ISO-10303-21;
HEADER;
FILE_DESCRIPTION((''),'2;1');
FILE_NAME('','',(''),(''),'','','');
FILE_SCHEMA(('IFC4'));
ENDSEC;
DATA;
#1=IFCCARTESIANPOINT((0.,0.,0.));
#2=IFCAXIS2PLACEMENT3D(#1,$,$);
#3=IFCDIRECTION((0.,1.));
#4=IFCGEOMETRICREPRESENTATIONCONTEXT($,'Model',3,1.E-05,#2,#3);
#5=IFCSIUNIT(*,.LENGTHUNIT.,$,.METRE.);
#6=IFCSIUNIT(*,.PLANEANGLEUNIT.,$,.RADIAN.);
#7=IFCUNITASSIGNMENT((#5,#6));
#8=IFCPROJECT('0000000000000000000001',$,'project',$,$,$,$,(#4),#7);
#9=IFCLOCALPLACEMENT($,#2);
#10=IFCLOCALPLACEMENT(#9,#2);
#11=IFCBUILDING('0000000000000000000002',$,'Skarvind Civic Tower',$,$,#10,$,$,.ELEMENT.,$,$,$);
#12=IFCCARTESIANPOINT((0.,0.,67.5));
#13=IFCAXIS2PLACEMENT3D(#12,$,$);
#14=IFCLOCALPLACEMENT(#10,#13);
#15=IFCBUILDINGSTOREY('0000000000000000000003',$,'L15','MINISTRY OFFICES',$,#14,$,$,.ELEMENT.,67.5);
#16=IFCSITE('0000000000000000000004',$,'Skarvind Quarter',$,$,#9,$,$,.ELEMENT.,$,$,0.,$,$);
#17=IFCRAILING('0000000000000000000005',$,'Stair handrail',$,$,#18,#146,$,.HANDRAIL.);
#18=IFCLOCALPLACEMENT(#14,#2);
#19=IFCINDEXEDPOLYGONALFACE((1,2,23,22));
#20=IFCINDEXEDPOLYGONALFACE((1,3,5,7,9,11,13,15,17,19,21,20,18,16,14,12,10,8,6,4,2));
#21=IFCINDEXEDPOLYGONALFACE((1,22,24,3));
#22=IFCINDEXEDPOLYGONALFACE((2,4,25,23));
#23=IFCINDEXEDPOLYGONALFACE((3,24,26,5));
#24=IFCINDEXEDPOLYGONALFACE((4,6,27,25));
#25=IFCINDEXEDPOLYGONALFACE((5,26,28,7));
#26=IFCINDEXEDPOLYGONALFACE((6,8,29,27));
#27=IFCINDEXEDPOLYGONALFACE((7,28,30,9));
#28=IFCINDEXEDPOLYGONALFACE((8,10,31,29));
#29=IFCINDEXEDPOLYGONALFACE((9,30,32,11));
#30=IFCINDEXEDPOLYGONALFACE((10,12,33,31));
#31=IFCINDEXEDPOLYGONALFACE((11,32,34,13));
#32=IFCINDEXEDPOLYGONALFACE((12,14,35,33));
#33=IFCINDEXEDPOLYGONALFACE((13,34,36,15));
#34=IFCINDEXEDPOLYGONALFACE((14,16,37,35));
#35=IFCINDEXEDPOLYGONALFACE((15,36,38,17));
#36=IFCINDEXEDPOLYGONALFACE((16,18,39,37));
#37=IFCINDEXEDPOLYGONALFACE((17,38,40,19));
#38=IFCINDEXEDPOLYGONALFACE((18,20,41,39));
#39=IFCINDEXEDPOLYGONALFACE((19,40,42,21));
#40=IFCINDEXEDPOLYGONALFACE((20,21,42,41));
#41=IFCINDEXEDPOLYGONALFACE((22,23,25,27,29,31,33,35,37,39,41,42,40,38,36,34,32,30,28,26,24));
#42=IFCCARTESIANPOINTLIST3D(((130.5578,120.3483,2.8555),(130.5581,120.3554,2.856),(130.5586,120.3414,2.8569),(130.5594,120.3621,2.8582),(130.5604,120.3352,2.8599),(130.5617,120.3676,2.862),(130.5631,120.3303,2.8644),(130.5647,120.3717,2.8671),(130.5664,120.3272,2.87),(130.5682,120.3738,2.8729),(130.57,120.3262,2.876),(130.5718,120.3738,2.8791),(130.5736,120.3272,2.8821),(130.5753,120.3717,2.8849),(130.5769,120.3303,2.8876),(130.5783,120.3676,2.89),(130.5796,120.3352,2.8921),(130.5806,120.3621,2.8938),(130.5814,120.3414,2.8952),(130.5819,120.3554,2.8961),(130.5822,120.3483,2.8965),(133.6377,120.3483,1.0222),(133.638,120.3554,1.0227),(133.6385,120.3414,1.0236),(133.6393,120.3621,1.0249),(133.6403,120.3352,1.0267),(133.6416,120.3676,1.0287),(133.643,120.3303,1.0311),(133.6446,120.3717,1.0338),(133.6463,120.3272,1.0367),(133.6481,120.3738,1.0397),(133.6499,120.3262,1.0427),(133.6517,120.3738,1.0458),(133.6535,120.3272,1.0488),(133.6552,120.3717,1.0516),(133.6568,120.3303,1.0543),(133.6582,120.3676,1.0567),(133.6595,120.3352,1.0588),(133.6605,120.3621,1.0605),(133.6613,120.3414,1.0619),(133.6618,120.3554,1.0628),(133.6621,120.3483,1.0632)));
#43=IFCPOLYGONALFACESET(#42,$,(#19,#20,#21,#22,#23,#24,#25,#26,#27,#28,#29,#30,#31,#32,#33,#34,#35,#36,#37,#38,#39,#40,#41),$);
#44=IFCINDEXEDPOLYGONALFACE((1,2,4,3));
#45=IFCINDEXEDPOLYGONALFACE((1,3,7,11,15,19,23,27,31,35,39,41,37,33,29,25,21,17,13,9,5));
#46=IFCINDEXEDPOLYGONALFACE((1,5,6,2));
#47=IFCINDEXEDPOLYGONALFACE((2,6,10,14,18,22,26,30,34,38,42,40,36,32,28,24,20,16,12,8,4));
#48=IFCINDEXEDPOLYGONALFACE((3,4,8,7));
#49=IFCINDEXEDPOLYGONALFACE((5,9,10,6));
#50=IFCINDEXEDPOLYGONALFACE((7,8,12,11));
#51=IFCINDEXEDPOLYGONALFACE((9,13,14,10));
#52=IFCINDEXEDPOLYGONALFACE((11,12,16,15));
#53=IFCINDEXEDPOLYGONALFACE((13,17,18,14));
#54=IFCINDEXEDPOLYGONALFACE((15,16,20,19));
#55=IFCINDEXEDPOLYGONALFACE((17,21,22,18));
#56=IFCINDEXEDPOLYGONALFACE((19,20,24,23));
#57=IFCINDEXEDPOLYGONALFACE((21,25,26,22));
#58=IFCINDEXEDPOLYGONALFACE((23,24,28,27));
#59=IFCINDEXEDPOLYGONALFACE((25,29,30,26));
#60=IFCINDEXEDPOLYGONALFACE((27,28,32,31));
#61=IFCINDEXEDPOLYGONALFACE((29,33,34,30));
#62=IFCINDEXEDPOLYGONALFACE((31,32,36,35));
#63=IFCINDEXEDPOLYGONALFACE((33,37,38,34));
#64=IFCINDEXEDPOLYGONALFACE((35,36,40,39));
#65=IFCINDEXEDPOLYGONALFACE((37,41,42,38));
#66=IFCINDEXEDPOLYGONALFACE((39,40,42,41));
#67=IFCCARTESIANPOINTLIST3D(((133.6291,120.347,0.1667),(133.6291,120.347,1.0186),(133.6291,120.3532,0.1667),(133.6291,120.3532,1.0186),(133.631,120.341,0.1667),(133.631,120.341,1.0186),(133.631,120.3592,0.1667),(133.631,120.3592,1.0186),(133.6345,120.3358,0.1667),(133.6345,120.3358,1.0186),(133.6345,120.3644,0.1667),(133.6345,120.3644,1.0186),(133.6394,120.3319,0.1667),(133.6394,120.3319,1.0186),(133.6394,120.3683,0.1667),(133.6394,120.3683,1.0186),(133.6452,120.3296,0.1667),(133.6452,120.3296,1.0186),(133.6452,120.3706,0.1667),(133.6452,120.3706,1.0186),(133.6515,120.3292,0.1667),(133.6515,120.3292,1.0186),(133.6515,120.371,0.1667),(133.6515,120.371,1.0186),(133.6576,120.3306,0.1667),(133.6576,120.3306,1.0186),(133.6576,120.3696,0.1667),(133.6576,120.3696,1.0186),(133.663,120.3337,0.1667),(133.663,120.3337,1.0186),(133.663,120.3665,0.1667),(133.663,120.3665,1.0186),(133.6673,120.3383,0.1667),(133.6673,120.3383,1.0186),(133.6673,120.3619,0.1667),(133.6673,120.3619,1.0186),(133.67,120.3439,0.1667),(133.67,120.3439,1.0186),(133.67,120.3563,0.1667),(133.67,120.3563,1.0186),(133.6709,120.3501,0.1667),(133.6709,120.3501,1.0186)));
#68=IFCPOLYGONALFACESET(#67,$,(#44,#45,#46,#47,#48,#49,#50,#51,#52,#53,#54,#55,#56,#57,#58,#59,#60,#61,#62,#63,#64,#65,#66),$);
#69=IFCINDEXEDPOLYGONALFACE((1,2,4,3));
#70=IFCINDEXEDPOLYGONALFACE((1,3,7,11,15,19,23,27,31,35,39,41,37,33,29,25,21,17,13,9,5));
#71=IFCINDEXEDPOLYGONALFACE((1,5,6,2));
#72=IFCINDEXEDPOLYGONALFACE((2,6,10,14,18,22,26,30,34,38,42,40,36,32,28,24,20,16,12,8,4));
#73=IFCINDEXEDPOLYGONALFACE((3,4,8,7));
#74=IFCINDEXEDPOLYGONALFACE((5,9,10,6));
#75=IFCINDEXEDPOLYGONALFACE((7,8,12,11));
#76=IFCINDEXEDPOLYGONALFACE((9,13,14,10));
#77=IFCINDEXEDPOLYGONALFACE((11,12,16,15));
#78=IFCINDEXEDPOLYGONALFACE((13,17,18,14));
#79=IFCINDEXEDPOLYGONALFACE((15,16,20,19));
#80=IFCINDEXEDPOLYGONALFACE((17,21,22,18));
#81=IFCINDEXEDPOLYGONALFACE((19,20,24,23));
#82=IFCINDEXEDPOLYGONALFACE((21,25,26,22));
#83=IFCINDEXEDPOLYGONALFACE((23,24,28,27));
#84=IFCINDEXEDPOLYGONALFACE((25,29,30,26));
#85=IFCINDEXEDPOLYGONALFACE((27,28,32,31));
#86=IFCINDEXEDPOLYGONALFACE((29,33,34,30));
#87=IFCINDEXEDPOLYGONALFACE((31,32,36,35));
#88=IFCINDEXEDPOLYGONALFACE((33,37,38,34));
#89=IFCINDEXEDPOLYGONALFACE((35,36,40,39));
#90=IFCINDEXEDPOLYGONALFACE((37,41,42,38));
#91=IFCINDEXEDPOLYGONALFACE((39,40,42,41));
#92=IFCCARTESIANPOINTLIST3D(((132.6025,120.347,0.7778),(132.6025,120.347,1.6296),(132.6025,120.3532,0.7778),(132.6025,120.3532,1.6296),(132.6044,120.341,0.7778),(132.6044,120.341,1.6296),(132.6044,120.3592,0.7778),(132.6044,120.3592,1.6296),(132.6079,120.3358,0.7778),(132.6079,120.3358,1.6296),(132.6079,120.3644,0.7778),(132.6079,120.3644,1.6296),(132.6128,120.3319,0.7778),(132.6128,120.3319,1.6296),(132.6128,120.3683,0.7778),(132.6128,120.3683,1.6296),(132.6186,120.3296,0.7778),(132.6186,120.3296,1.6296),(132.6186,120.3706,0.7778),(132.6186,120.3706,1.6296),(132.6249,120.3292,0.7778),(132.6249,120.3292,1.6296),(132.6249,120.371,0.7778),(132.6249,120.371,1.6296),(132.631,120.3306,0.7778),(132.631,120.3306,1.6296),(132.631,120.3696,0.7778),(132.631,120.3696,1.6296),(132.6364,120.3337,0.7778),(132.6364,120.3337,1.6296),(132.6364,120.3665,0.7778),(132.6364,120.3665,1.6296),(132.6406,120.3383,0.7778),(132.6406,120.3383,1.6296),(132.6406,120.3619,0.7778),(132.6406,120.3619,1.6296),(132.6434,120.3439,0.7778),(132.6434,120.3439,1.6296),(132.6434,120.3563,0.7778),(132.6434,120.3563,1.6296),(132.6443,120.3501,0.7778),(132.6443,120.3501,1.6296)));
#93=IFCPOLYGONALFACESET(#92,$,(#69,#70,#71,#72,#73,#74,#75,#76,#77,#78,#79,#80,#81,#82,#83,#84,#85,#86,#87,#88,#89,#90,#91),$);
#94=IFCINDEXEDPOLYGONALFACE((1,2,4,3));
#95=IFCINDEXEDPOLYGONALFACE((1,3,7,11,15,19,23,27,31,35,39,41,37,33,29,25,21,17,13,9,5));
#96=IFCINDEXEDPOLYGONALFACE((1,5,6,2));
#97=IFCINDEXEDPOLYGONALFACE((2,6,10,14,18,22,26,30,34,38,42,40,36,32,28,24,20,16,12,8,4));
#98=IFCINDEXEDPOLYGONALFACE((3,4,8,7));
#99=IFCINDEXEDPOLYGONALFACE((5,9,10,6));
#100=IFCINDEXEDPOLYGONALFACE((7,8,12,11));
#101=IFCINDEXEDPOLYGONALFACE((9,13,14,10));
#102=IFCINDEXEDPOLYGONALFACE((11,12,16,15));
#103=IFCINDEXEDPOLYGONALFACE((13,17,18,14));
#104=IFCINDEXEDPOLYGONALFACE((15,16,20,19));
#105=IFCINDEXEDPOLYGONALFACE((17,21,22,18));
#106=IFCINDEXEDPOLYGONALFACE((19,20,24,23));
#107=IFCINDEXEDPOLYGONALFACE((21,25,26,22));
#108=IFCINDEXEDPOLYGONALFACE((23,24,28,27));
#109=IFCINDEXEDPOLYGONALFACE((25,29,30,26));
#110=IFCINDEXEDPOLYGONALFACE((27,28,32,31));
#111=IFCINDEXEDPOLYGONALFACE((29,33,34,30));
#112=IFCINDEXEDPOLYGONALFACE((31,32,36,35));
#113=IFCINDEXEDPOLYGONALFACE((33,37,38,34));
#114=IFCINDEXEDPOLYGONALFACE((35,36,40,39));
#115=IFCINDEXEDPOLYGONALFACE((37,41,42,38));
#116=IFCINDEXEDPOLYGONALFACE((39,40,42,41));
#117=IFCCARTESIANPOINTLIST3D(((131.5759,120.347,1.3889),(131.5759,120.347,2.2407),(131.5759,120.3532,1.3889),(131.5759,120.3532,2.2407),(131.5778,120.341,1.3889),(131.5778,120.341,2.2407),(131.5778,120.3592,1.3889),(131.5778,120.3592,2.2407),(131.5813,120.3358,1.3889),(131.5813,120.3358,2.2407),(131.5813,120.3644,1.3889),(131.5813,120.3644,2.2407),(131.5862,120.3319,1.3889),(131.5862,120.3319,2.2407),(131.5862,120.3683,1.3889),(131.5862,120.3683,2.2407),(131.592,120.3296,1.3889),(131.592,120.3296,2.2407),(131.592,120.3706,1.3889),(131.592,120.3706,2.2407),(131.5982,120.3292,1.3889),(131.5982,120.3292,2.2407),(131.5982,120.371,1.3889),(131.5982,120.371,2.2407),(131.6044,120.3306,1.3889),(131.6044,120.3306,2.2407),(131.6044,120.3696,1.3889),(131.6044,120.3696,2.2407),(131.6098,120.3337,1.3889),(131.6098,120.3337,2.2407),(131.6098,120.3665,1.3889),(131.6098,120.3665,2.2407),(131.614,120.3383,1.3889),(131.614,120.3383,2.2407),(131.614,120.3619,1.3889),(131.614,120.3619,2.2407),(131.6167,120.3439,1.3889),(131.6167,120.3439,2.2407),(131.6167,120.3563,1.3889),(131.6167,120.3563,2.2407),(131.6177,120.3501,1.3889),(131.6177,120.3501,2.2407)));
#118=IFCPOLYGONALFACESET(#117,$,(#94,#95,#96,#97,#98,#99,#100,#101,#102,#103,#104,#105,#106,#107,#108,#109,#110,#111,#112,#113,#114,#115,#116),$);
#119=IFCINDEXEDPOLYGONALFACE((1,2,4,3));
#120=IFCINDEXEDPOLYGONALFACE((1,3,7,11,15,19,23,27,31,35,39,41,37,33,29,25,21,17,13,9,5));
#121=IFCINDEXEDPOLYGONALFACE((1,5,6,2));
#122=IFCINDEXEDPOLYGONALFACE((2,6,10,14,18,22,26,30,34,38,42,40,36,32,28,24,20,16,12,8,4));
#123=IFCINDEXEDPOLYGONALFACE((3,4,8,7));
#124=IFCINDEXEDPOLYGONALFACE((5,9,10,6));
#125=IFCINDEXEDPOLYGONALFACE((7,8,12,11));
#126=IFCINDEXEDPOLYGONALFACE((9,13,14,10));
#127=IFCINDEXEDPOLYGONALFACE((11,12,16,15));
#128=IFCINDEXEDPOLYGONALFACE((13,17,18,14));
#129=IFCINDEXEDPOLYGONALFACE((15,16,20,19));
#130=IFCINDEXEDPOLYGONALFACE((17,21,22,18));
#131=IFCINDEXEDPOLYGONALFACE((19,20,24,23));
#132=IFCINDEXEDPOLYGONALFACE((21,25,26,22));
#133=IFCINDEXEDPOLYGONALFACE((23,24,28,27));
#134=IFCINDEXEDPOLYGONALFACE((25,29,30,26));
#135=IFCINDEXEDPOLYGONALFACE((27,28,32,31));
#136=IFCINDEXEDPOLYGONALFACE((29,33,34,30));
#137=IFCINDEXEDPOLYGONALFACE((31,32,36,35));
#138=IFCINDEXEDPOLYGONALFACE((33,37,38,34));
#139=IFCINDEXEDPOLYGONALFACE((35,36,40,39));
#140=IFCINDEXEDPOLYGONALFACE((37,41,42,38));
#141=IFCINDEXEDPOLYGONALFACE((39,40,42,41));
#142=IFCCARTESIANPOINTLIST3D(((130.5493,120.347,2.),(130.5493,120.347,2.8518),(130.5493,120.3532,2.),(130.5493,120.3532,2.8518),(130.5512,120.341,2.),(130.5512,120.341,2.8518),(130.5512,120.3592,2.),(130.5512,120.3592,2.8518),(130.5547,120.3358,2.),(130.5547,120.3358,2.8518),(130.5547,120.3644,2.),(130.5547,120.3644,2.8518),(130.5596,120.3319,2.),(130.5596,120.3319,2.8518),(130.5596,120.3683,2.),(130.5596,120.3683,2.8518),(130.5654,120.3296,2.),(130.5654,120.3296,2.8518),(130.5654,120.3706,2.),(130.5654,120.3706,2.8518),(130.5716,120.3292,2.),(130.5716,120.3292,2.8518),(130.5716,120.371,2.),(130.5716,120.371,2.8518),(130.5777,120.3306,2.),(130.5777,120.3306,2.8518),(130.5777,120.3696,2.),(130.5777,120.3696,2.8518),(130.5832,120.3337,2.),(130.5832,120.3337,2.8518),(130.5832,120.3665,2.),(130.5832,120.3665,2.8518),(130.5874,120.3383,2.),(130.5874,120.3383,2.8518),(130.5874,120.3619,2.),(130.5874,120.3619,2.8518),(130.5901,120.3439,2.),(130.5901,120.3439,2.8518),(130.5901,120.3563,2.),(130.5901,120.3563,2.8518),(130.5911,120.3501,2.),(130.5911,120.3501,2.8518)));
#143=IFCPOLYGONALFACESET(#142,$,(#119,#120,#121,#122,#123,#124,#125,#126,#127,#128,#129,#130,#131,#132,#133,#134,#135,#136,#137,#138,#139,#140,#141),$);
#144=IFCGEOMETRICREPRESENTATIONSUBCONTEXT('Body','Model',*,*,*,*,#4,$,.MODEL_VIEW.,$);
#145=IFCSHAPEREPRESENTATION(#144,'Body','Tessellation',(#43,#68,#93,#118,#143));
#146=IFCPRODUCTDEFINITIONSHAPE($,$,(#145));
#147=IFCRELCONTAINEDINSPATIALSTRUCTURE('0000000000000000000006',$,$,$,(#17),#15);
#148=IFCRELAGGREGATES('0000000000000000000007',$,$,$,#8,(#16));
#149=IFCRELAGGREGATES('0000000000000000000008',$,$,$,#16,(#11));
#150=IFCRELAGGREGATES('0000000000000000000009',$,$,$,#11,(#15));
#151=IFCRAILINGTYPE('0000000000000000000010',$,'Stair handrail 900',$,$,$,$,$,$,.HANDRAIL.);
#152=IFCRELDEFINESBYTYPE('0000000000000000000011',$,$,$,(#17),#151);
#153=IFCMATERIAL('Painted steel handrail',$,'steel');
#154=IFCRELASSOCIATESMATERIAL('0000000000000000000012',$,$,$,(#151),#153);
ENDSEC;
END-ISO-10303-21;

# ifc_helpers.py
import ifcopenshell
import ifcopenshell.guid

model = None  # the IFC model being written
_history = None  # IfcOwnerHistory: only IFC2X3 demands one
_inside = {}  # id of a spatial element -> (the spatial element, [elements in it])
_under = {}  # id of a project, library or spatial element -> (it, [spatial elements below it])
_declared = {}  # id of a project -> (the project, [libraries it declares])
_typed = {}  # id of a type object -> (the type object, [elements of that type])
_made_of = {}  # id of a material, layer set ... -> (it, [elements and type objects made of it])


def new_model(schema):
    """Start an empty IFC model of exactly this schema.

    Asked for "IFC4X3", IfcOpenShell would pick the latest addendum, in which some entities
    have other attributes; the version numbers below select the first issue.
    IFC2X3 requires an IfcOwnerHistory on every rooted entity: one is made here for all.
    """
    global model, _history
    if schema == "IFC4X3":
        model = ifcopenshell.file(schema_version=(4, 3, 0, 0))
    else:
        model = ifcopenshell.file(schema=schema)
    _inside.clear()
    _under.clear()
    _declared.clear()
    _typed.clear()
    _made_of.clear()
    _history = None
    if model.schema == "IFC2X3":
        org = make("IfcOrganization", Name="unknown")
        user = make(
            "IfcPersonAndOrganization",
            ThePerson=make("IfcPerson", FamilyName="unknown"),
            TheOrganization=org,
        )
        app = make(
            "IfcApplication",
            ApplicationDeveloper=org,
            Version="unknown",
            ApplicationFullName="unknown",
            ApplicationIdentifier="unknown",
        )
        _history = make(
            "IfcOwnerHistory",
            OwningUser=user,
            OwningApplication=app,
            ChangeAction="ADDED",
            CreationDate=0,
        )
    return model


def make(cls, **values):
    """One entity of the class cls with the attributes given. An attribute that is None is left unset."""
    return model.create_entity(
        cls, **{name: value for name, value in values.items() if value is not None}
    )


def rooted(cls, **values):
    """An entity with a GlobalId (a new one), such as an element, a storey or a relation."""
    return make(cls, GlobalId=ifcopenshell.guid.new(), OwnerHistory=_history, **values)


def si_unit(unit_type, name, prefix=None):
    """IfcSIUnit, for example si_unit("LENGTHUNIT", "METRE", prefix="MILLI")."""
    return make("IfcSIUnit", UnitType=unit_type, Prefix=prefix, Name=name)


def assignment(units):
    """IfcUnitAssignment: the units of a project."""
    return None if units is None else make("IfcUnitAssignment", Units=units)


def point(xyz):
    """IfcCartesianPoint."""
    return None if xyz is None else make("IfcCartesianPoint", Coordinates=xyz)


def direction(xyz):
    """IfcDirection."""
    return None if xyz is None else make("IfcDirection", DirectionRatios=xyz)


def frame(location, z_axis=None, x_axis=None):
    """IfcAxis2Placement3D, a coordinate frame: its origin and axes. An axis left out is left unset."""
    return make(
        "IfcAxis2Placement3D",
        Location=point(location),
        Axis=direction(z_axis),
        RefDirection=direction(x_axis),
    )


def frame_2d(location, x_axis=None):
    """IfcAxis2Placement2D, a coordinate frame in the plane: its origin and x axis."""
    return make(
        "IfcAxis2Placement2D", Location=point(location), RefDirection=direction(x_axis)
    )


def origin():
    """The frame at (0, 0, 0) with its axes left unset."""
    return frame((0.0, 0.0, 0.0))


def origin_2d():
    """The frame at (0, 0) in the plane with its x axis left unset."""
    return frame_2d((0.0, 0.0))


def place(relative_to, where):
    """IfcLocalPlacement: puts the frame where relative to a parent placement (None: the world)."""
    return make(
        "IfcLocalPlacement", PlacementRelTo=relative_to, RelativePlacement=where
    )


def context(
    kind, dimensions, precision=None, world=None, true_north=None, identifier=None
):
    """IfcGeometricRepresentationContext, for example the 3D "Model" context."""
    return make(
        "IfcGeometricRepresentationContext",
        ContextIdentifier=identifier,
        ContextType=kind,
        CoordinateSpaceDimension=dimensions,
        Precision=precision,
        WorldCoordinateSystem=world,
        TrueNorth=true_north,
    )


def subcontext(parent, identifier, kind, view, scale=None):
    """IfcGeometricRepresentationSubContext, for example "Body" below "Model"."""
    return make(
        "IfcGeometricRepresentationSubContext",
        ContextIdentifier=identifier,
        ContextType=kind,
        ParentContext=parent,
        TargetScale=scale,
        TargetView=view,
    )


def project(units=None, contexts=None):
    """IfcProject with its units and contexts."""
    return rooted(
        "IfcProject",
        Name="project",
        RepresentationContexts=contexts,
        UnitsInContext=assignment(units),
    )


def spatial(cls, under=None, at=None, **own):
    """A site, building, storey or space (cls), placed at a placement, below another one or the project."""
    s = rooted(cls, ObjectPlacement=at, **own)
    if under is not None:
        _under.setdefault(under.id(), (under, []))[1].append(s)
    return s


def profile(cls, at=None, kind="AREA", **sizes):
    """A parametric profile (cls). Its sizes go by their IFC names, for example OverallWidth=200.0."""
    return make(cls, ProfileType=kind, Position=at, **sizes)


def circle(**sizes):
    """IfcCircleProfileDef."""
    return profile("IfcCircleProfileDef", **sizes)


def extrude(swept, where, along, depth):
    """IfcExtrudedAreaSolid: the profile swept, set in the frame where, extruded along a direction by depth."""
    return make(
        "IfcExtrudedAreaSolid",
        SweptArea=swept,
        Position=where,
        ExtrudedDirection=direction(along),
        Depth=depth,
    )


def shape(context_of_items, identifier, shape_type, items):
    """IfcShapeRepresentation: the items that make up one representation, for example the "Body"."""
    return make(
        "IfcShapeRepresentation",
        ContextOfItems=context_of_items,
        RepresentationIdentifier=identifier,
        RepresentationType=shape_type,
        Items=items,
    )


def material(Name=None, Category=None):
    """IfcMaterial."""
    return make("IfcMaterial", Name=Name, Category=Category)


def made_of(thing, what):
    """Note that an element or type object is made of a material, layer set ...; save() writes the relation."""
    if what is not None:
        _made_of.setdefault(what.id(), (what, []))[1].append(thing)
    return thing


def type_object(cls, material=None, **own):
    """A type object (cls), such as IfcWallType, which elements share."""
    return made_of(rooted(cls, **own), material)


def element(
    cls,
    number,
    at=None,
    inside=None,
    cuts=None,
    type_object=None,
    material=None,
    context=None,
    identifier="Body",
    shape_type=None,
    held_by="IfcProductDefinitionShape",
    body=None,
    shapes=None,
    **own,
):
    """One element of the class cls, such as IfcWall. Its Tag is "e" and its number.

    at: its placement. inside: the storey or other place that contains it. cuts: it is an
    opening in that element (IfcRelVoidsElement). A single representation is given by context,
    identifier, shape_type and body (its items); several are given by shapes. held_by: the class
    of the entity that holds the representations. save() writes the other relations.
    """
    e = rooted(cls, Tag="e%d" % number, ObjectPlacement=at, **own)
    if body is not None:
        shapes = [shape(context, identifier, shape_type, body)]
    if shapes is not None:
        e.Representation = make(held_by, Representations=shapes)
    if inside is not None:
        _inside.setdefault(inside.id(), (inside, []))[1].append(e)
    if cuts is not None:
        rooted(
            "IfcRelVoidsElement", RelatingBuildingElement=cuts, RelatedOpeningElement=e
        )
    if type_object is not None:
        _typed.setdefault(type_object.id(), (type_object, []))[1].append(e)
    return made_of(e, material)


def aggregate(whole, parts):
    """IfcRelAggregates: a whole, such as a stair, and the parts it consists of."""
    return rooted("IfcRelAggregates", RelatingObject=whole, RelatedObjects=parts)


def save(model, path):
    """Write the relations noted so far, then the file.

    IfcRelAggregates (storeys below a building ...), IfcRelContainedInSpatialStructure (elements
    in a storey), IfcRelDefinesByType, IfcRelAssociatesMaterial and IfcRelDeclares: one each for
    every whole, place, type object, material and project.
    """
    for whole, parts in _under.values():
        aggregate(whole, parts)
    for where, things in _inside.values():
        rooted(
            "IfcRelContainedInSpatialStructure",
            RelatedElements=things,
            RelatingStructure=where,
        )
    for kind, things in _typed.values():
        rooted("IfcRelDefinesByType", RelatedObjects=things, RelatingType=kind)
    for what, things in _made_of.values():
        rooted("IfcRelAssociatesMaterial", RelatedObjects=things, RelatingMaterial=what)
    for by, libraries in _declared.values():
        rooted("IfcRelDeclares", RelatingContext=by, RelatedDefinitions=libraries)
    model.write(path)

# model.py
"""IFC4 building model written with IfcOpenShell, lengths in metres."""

from ifc_helpers import new_model, si_unit, direction, frame, origin, origin_2d, place, context, subcontext, project, spatial, circle, extrude, material, type_object, element, save


model = new_model("IFC4")

# Units and contexts
model_context = context("Model", 3, precision=1e-05, world=origin(), true_north=direction((0.0, 1.0)))
body_context = subcontext(model_context, "Body", "Model", "MODEL_VIEW")
ifc_project = project(units=[si_unit("LENGTHUNIT", "METRE"), si_unit("PLANEANGLEUNIT", "RADIAN")], contexts=[model_context])

# Site, building, storey
site_placement = place(None, origin())
site = spatial("IfcSite", under=ifc_project, at=site_placement, Name="Skarvind Quarter", CompositionType="ELEMENT", RefElevation=0.0)
building_placement = place(site_placement, origin())
building = spatial("IfcBuilding", under=site, at=building_placement, Name="Skarvind Civic Tower", CompositionType="ELEMENT")
storey_placement = place(building_placement, frame((0.0, 0.0, 67.5)))
storey = spatial("IfcBuildingStorey", under=building, at=storey_placement, Name="L15", Description="MINISTRY OFFICES", CompositionType="ELEMENT", Elevation=67.5)

# Railing
ifc_material_1 = material(Name="Painted steel handrail", Category="steel")
railing_type = type_object("IfcRailingType", Name="Stair handrail 900", PredefinedType="HANDRAIL", material=ifc_material_1)
railing_placement = place(storey_placement, frame((133.6499, 120.3501, 0.1667)))
element("IfcRailing", 1, at=railing_placement, inside=storey, type_object=railing_type, Name="Stair handrail", PredefinedType="HANDRAIL", context=body_context, shape_type="SweptSolid", body=[
    extrude(circle(Radius=0.0239, at=origin_2d()), frame((0.0, 0.0, 0.876), z_axis=(-0.859291, 0.0, 0.511487), x_axis=(0.0, -1.0, 0.0)), (0.0, 0.0, 1.0), 3.5842),
    extrude(circle(Radius=0.021, at=origin_2d()), origin(), (0.0, 0.0, 1.0), 0.8518),
    extrude(circle(Radius=0.021, at=origin_2d()), frame((-1.0266, 0.0, 0.6111)), (0.0, 0.0, 1.0), 0.8518),
    extrude(circle(Radius=0.021, at=origin_2d()), frame((-2.0532, 0.0, 1.2222)), (0.0, 0.0, 1.0), 0.8518),
    extrude(circle(Radius=0.021, at=origin_2d()), frame((-3.0798, 0.0, 1.8333)), (0.0, 0.0, 1.0), 0.8518),
])

save(model, "model.ifc")
